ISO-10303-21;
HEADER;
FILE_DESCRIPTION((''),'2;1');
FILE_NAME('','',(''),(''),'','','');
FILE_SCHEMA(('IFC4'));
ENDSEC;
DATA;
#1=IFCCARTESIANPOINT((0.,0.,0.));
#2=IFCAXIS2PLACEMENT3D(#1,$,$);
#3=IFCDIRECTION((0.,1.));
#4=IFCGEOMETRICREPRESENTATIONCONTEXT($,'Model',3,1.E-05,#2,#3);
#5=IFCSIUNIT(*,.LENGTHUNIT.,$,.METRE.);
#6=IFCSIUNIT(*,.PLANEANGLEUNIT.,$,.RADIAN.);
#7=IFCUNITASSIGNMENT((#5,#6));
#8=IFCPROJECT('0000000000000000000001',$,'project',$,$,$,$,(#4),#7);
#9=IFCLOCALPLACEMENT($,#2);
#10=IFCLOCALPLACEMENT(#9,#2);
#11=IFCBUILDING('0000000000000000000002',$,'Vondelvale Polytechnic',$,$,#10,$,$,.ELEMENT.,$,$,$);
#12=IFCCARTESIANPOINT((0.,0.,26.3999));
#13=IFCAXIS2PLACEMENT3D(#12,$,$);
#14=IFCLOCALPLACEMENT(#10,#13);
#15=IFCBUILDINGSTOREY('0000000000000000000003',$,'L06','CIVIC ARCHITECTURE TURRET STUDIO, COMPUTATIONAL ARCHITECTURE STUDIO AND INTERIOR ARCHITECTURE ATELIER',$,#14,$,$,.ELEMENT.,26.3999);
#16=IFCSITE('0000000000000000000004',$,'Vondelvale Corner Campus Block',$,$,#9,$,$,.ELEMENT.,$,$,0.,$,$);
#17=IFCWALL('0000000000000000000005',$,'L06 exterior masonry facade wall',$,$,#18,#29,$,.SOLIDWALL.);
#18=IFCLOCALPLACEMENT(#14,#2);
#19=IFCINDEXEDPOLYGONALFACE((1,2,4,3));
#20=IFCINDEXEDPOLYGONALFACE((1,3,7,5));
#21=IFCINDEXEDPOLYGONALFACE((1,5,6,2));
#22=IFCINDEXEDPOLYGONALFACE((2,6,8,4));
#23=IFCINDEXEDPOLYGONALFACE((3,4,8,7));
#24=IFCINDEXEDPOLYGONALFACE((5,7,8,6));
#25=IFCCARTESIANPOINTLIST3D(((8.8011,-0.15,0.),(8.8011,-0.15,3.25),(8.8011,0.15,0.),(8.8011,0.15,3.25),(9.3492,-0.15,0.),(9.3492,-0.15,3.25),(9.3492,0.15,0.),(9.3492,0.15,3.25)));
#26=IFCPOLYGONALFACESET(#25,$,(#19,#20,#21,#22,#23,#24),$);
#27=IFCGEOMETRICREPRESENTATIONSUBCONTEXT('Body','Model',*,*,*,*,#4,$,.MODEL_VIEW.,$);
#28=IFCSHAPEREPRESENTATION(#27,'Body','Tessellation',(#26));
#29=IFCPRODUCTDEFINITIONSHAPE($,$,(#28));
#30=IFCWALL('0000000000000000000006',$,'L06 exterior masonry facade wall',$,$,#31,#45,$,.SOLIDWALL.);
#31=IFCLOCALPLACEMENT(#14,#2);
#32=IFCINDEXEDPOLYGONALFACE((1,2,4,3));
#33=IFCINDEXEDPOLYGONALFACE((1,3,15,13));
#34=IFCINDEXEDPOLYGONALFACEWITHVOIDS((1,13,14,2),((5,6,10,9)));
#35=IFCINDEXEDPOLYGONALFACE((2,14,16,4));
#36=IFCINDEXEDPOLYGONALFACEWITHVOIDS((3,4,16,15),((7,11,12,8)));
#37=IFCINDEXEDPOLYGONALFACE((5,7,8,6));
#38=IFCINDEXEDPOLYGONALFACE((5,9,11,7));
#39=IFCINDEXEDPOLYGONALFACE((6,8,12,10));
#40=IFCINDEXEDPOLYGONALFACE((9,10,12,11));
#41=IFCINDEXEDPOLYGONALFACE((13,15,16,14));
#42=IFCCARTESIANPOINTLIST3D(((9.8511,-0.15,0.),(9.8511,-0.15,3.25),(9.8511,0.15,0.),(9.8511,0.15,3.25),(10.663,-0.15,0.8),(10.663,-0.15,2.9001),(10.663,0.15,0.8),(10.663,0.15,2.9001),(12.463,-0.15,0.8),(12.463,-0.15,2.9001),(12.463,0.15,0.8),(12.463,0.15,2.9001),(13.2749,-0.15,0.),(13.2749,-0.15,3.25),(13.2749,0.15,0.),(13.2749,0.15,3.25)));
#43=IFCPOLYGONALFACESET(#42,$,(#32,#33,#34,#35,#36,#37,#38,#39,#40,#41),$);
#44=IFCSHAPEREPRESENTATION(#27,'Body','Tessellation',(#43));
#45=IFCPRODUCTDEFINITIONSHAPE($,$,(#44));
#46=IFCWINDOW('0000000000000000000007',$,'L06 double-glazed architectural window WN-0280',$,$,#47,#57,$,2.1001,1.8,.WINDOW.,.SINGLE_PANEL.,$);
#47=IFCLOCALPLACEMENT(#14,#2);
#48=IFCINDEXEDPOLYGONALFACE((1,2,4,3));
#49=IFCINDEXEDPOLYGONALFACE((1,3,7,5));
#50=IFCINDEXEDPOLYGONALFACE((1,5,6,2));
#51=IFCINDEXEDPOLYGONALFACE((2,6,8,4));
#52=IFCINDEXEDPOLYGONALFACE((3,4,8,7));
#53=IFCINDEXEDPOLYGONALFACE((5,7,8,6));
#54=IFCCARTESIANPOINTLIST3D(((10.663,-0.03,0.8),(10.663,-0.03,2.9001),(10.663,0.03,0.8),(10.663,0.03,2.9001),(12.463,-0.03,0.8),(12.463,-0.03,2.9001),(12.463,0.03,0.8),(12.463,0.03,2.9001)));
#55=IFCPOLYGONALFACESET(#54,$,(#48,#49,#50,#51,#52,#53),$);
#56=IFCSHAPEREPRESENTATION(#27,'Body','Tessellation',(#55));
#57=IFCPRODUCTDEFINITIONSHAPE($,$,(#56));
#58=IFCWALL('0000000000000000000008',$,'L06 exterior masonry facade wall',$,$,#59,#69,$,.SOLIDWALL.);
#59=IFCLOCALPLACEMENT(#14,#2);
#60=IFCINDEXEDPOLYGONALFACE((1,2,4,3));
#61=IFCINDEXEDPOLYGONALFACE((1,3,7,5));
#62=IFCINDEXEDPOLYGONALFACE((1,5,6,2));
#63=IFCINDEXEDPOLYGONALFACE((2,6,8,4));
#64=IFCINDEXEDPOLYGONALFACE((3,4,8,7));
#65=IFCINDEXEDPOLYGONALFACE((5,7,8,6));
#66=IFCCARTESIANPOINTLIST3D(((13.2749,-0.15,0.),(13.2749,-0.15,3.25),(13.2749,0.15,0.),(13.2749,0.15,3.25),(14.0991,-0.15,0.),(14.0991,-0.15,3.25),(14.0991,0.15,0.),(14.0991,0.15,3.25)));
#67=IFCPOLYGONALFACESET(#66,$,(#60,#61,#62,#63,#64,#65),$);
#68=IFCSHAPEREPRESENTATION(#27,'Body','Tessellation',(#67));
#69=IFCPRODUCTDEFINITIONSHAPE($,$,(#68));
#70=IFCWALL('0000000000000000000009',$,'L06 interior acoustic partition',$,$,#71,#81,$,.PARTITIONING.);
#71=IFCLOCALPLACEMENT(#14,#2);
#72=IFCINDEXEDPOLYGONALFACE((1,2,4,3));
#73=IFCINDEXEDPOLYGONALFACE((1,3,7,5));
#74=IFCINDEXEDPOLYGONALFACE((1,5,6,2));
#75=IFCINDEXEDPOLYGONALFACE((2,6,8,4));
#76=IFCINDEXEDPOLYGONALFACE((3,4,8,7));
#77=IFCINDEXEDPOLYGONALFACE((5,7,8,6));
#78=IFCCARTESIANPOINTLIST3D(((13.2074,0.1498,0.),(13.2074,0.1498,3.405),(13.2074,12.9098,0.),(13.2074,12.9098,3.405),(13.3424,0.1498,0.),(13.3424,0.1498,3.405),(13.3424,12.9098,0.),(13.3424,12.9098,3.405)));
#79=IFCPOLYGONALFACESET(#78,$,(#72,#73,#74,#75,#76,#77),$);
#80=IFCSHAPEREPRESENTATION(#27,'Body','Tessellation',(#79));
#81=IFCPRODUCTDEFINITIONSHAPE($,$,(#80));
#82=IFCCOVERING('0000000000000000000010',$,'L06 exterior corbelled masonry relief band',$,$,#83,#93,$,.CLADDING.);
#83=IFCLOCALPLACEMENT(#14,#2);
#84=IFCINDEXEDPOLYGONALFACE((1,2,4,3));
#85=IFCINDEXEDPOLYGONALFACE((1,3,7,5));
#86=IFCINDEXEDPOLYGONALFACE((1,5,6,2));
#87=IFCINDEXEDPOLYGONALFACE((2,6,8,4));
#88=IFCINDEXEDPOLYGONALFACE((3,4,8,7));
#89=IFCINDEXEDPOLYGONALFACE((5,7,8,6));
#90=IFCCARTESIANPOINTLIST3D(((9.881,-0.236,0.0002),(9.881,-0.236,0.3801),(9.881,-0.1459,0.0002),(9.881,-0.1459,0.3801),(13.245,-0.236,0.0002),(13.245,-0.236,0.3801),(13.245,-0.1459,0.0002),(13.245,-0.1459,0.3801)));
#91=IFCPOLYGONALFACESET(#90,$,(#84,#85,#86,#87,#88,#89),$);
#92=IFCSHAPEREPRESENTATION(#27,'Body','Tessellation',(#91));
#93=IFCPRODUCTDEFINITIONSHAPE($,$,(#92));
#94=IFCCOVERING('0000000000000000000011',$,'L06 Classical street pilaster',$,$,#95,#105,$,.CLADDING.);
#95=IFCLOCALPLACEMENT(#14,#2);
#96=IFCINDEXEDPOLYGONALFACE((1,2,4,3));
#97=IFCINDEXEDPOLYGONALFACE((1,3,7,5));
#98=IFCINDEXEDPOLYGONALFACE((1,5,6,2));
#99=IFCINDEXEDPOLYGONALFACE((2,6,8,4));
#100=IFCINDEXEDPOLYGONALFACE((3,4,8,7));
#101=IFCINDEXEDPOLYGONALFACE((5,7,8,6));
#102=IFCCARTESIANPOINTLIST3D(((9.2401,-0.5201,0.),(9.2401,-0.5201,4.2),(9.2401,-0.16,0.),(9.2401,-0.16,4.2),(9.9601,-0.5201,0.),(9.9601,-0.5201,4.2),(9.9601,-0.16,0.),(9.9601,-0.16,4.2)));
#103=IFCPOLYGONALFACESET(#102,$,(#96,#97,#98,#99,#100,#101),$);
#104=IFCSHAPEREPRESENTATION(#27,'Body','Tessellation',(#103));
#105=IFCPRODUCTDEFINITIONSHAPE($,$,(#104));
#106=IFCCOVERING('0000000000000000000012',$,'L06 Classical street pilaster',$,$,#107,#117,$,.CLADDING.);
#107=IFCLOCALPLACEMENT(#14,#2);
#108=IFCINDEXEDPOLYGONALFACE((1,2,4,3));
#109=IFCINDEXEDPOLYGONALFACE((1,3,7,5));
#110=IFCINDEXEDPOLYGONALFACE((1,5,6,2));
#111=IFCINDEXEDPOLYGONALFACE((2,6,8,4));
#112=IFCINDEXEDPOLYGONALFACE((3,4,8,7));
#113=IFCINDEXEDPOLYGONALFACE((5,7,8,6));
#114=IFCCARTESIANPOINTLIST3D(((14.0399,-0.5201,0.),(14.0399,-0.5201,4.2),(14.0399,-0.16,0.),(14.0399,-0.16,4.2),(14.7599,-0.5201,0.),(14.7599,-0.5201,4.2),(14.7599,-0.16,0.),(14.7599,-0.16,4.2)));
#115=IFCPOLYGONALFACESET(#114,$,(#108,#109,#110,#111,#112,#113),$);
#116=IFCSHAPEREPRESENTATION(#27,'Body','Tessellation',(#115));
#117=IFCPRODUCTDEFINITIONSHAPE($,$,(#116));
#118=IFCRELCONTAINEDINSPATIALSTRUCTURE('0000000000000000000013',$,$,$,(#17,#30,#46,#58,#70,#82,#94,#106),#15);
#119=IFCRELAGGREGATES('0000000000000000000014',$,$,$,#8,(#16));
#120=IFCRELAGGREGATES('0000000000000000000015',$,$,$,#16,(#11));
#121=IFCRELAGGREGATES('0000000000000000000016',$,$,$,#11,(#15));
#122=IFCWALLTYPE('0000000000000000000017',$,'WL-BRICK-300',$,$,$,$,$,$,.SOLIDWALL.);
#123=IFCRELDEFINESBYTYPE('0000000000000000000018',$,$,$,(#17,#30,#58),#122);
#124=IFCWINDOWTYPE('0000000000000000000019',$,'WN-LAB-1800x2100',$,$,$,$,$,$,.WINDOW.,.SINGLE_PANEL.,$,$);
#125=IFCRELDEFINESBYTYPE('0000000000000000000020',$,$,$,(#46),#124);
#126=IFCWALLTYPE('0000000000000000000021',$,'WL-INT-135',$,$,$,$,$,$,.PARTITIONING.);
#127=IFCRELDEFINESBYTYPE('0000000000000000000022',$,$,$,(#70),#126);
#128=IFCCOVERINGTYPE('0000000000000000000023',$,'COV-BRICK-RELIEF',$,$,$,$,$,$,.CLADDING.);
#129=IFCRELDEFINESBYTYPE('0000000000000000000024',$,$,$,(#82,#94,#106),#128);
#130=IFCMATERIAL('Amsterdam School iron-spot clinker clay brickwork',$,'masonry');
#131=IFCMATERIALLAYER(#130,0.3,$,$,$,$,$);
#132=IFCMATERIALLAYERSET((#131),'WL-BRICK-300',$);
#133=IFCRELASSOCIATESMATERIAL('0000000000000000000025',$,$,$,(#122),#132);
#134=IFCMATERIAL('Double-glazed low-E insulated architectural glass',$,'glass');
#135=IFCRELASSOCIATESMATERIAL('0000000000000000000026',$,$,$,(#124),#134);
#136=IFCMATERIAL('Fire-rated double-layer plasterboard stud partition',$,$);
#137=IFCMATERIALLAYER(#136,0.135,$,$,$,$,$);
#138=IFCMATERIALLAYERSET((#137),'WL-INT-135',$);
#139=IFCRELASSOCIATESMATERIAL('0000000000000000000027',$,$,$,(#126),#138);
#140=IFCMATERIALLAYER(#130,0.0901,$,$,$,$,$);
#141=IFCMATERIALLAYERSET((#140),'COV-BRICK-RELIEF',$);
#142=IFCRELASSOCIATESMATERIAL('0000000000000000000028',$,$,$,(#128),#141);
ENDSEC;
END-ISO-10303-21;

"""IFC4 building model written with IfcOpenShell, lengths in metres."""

from ifc_helpers import new_model, si_unit, direction, frame, frame_2d, origin, origin_2d, place, context, subcontext, project, spatial, rectangle, extrude, material, layer, layer_set, type_object, element, fill, save


model = new_model("IFC4")

# Units and contexts
model_context = context("Model", 3, precision=1e-05, world=origin(), true_north=direction((0.0, 1.0)))
body_context = subcontext(model_context, "Body", "Model", "MODEL_VIEW")
ifc_project = project(units=[si_unit("LENGTHUNIT", "METRE"), si_unit("PLANEANGLEUNIT", "RADIAN")], contexts=[model_context])

# Site, building, storey
site_placement = place(None, origin())
site = spatial("IfcSite", under=ifc_project, at=site_placement, Name="Vondelvale Corner Campus Block", CompositionType="ELEMENT", RefElevation=0.0)
building_placement = place(site_placement, origin())
building = spatial("IfcBuilding", under=site, at=building_placement, Name="Vondelvale Polytechnic", CompositionType="ELEMENT")
storey_placement = place(building_placement, frame((0.0, 0.0, 26.3999)))
storey = spatial("IfcBuildingStorey", under=building, at=storey_placement, Name="L06", Description="CIVIC ARCHITECTURE TURRET STUDIO, COMPUTATIONAL ARCHITECTURE STUDIO AND INTERIOR ARCHITECTURE ATELIER", CompositionType="ELEMENT", Elevation=26.3999)

# Shared definitions
ifc_material_1 = material(Name="Double-glazed low-E insulated architectural glass", Category="glass")

# Wall
ifc_material_2 = material(Name="Amsterdam School iron-spot clinker clay brickwork", Category="masonry")
ifc_layer_1 = layer(ifc_material_2, 0.3)
ifc_layer_set_1 = layer_set([ifc_layer_1], Name="WL-BRICK-300")
wall_type_1 = type_object("IfcWallType", Name="WL-BRICK-300", PredefinedType="SOLIDWALL", material=ifc_layer_set_1)
wall_1_placement = place(storey_placement, frame((9.3491, 0.0, 0.0), z_axis=(0.0, 0.0, 1.0), x_axis=(-1.0, 0.0, 0.0)))
element("IfcWall", 1, at=wall_1_placement, inside=storey, type_object=wall_type_1, Name="L06 exterior masonry facade wall", PredefinedType="SOLIDWALL", context=body_context, shape_type="SweptSolid", body=[
    extrude(rectangle(XDim=0.5481, YDim=0.3, at=frame_2d((0.2739, 0.0))), origin(), (0.0, 0.0, 1.0), 3.25),
])

# Wall, opening, window
wall_2_placement = place(storey_placement, frame((13.2749, 0.0, 0.0), z_axis=(0.0, 0.0, 1.0), x_axis=(-1.0, 0.0, 0.0)))
wall_2 = element("IfcWall", 2, at=wall_2_placement, inside=storey, type_object=wall_type_1, Name="L06 exterior masonry facade wall", PredefinedType="SOLIDWALL", context=body_context, shape_type="SweptSolid", body=[
    extrude(rectangle(XDim=3.4238, YDim=0.3, at=frame_2d((1.7119, 0.0))), origin(), (0.0, 0.0, 1.0), 3.25),
])
opening_placement = place(wall_2_placement, frame((0.812, 0.0, 0.8)))
opening = element("IfcOpeningElement", 3, at=opening_placement, cuts=wall_2, PredefinedType="OPENING", context=body_context, shape_type="SweptSolid", body=[
    extrude(rectangle(XDim=1.8, YDim=2.1001, at=frame_2d((0.8999, 1.05))), frame((0.0, 0.1599, 0.0), z_axis=(0.0, -1.0, 0.0), x_axis=(1.0, 0.0, 0.0)), (0.0, 0.0, 1.0), 0.3201),
])
window_type = type_object("IfcWindowType", Name="WN-LAB-1800x2100", PartitioningType="SINGLE_PANEL", PredefinedType="WINDOW", material=ifc_material_1)
window_placement = place(opening_placement, origin())
window = element("IfcWindow", 4, at=window_placement, inside=storey, type_object=window_type, Name="L06 double-glazed architectural window WN-0280", OverallHeight=2.1001, OverallWidth=1.8, PartitioningType="SINGLE_PANEL", PredefinedType="WINDOW", context=body_context, shape_type="SweptSolid", body=[
    extrude(rectangle(XDim=1.8, YDim=2.1001, at=frame_2d((0.8999, 1.05))), frame((0.0, 0.03, 0.0), z_axis=(0.0, -1.0, 0.0), x_axis=(1.0, 0.0, 0.0)), (0.0, 0.0, 1.0), 0.0601),
])
fill(opening, window)

# Walls
wall_3_placement = place(storey_placement, frame((14.0991, 0.0, 0.0), z_axis=(0.0, 0.0, 1.0), x_axis=(-1.0, 0.0, 0.0)))
element("IfcWall", 5, at=wall_3_placement, inside=storey, type_object=wall_type_1, Name="L06 exterior masonry facade wall", PredefinedType="SOLIDWALL", context=body_context, shape_type="SweptSolid", body=[
    extrude(rectangle(XDim=0.8242, YDim=0.3, at=frame_2d((0.4121, 0.0))), origin(), (0.0, 0.0, 1.0), 3.25),
])
ifc_material_3 = material(Name="Fire-rated double-layer plasterboard stud partition")
ifc_layer_2 = layer(ifc_material_3, 0.135)
ifc_layer_set_2 = layer_set([ifc_layer_2], Name="WL-INT-135")
wall_type_2 = type_object("IfcWallType", Name="WL-INT-135", PredefinedType="PARTITIONING", material=ifc_layer_set_2)
wall_4_placement = place(storey_placement, frame((13.2749, 0.1499, 0.0), z_axis=(0.0, 0.0, 1.0), x_axis=(0.0, 1.0, 0.0)))
element("IfcWall", 6, at=wall_4_placement, inside=storey, type_object=wall_type_2, Name="L06 interior acoustic partition", PredefinedType="PARTITIONING", context=body_context, shape_type="SweptSolid", body=[
    extrude(rectangle(XDim=12.76, YDim=0.135, at=frame_2d((6.3799, 0.0))), origin(), (0.0, 0.0, 1.0), 3.405),
])

# Coverings
ifc_layer_3 = layer(ifc_material_2, 0.0901)
ifc_layer_set_3 = layer_set([ifc_layer_3], Name="COV-BRICK-RELIEF")
covering_type = type_object("IfcCoveringType", Name="COV-BRICK-RELIEF", PredefinedType="CLADDING", material=ifc_layer_set_3)
covering_placement = place(storey_placement, frame((11.563, -0.1909, 0.0002), z_axis=(0.0, 0.0, 1.0), x_axis=(-1.0, 0.0, 0.0)))
element("IfcCovering", 7, at=covering_placement, inside=storey, type_object=covering_type, Name="L06 exterior corbelled masonry relief band", PredefinedType="CLADDING", context=body_context, shape_type="SweptSolid", body=[
    extrude(rectangle(XDim=3.364, YDim=0.0901, at=origin_2d()), origin(), (0.0, 0.0, 1.0), 0.3799),
])
for number, where, z_axis, x_axis, name in (
    (8, (9.6001, -0.3401, 0.0), (0.0, 0.0, 1.0), (1.0, 0.0, 0.0), "L06 Classical street pilaster"),
    (9, (14.3999, -0.3401, 0.0), (0.0, 0.0, 1.0), (1.0, 0.0, 0.0), "L06 Classical street pilaster"),
):
    element("IfcCovering", number, at=place(storey_placement, frame(where, z_axis=z_axis, x_axis=x_axis)), inside=storey, type_object=covering_type, Name=name, PredefinedType="CLADDING", context=body_context, shape_type="SweptSolid", body=[
        extrude(rectangle(XDim=0.72, YDim=0.3601, at=origin_2d()), origin(), (0.0, 0.0, 1.0), 4.2),
    ])

save(model, "model.ifc")
